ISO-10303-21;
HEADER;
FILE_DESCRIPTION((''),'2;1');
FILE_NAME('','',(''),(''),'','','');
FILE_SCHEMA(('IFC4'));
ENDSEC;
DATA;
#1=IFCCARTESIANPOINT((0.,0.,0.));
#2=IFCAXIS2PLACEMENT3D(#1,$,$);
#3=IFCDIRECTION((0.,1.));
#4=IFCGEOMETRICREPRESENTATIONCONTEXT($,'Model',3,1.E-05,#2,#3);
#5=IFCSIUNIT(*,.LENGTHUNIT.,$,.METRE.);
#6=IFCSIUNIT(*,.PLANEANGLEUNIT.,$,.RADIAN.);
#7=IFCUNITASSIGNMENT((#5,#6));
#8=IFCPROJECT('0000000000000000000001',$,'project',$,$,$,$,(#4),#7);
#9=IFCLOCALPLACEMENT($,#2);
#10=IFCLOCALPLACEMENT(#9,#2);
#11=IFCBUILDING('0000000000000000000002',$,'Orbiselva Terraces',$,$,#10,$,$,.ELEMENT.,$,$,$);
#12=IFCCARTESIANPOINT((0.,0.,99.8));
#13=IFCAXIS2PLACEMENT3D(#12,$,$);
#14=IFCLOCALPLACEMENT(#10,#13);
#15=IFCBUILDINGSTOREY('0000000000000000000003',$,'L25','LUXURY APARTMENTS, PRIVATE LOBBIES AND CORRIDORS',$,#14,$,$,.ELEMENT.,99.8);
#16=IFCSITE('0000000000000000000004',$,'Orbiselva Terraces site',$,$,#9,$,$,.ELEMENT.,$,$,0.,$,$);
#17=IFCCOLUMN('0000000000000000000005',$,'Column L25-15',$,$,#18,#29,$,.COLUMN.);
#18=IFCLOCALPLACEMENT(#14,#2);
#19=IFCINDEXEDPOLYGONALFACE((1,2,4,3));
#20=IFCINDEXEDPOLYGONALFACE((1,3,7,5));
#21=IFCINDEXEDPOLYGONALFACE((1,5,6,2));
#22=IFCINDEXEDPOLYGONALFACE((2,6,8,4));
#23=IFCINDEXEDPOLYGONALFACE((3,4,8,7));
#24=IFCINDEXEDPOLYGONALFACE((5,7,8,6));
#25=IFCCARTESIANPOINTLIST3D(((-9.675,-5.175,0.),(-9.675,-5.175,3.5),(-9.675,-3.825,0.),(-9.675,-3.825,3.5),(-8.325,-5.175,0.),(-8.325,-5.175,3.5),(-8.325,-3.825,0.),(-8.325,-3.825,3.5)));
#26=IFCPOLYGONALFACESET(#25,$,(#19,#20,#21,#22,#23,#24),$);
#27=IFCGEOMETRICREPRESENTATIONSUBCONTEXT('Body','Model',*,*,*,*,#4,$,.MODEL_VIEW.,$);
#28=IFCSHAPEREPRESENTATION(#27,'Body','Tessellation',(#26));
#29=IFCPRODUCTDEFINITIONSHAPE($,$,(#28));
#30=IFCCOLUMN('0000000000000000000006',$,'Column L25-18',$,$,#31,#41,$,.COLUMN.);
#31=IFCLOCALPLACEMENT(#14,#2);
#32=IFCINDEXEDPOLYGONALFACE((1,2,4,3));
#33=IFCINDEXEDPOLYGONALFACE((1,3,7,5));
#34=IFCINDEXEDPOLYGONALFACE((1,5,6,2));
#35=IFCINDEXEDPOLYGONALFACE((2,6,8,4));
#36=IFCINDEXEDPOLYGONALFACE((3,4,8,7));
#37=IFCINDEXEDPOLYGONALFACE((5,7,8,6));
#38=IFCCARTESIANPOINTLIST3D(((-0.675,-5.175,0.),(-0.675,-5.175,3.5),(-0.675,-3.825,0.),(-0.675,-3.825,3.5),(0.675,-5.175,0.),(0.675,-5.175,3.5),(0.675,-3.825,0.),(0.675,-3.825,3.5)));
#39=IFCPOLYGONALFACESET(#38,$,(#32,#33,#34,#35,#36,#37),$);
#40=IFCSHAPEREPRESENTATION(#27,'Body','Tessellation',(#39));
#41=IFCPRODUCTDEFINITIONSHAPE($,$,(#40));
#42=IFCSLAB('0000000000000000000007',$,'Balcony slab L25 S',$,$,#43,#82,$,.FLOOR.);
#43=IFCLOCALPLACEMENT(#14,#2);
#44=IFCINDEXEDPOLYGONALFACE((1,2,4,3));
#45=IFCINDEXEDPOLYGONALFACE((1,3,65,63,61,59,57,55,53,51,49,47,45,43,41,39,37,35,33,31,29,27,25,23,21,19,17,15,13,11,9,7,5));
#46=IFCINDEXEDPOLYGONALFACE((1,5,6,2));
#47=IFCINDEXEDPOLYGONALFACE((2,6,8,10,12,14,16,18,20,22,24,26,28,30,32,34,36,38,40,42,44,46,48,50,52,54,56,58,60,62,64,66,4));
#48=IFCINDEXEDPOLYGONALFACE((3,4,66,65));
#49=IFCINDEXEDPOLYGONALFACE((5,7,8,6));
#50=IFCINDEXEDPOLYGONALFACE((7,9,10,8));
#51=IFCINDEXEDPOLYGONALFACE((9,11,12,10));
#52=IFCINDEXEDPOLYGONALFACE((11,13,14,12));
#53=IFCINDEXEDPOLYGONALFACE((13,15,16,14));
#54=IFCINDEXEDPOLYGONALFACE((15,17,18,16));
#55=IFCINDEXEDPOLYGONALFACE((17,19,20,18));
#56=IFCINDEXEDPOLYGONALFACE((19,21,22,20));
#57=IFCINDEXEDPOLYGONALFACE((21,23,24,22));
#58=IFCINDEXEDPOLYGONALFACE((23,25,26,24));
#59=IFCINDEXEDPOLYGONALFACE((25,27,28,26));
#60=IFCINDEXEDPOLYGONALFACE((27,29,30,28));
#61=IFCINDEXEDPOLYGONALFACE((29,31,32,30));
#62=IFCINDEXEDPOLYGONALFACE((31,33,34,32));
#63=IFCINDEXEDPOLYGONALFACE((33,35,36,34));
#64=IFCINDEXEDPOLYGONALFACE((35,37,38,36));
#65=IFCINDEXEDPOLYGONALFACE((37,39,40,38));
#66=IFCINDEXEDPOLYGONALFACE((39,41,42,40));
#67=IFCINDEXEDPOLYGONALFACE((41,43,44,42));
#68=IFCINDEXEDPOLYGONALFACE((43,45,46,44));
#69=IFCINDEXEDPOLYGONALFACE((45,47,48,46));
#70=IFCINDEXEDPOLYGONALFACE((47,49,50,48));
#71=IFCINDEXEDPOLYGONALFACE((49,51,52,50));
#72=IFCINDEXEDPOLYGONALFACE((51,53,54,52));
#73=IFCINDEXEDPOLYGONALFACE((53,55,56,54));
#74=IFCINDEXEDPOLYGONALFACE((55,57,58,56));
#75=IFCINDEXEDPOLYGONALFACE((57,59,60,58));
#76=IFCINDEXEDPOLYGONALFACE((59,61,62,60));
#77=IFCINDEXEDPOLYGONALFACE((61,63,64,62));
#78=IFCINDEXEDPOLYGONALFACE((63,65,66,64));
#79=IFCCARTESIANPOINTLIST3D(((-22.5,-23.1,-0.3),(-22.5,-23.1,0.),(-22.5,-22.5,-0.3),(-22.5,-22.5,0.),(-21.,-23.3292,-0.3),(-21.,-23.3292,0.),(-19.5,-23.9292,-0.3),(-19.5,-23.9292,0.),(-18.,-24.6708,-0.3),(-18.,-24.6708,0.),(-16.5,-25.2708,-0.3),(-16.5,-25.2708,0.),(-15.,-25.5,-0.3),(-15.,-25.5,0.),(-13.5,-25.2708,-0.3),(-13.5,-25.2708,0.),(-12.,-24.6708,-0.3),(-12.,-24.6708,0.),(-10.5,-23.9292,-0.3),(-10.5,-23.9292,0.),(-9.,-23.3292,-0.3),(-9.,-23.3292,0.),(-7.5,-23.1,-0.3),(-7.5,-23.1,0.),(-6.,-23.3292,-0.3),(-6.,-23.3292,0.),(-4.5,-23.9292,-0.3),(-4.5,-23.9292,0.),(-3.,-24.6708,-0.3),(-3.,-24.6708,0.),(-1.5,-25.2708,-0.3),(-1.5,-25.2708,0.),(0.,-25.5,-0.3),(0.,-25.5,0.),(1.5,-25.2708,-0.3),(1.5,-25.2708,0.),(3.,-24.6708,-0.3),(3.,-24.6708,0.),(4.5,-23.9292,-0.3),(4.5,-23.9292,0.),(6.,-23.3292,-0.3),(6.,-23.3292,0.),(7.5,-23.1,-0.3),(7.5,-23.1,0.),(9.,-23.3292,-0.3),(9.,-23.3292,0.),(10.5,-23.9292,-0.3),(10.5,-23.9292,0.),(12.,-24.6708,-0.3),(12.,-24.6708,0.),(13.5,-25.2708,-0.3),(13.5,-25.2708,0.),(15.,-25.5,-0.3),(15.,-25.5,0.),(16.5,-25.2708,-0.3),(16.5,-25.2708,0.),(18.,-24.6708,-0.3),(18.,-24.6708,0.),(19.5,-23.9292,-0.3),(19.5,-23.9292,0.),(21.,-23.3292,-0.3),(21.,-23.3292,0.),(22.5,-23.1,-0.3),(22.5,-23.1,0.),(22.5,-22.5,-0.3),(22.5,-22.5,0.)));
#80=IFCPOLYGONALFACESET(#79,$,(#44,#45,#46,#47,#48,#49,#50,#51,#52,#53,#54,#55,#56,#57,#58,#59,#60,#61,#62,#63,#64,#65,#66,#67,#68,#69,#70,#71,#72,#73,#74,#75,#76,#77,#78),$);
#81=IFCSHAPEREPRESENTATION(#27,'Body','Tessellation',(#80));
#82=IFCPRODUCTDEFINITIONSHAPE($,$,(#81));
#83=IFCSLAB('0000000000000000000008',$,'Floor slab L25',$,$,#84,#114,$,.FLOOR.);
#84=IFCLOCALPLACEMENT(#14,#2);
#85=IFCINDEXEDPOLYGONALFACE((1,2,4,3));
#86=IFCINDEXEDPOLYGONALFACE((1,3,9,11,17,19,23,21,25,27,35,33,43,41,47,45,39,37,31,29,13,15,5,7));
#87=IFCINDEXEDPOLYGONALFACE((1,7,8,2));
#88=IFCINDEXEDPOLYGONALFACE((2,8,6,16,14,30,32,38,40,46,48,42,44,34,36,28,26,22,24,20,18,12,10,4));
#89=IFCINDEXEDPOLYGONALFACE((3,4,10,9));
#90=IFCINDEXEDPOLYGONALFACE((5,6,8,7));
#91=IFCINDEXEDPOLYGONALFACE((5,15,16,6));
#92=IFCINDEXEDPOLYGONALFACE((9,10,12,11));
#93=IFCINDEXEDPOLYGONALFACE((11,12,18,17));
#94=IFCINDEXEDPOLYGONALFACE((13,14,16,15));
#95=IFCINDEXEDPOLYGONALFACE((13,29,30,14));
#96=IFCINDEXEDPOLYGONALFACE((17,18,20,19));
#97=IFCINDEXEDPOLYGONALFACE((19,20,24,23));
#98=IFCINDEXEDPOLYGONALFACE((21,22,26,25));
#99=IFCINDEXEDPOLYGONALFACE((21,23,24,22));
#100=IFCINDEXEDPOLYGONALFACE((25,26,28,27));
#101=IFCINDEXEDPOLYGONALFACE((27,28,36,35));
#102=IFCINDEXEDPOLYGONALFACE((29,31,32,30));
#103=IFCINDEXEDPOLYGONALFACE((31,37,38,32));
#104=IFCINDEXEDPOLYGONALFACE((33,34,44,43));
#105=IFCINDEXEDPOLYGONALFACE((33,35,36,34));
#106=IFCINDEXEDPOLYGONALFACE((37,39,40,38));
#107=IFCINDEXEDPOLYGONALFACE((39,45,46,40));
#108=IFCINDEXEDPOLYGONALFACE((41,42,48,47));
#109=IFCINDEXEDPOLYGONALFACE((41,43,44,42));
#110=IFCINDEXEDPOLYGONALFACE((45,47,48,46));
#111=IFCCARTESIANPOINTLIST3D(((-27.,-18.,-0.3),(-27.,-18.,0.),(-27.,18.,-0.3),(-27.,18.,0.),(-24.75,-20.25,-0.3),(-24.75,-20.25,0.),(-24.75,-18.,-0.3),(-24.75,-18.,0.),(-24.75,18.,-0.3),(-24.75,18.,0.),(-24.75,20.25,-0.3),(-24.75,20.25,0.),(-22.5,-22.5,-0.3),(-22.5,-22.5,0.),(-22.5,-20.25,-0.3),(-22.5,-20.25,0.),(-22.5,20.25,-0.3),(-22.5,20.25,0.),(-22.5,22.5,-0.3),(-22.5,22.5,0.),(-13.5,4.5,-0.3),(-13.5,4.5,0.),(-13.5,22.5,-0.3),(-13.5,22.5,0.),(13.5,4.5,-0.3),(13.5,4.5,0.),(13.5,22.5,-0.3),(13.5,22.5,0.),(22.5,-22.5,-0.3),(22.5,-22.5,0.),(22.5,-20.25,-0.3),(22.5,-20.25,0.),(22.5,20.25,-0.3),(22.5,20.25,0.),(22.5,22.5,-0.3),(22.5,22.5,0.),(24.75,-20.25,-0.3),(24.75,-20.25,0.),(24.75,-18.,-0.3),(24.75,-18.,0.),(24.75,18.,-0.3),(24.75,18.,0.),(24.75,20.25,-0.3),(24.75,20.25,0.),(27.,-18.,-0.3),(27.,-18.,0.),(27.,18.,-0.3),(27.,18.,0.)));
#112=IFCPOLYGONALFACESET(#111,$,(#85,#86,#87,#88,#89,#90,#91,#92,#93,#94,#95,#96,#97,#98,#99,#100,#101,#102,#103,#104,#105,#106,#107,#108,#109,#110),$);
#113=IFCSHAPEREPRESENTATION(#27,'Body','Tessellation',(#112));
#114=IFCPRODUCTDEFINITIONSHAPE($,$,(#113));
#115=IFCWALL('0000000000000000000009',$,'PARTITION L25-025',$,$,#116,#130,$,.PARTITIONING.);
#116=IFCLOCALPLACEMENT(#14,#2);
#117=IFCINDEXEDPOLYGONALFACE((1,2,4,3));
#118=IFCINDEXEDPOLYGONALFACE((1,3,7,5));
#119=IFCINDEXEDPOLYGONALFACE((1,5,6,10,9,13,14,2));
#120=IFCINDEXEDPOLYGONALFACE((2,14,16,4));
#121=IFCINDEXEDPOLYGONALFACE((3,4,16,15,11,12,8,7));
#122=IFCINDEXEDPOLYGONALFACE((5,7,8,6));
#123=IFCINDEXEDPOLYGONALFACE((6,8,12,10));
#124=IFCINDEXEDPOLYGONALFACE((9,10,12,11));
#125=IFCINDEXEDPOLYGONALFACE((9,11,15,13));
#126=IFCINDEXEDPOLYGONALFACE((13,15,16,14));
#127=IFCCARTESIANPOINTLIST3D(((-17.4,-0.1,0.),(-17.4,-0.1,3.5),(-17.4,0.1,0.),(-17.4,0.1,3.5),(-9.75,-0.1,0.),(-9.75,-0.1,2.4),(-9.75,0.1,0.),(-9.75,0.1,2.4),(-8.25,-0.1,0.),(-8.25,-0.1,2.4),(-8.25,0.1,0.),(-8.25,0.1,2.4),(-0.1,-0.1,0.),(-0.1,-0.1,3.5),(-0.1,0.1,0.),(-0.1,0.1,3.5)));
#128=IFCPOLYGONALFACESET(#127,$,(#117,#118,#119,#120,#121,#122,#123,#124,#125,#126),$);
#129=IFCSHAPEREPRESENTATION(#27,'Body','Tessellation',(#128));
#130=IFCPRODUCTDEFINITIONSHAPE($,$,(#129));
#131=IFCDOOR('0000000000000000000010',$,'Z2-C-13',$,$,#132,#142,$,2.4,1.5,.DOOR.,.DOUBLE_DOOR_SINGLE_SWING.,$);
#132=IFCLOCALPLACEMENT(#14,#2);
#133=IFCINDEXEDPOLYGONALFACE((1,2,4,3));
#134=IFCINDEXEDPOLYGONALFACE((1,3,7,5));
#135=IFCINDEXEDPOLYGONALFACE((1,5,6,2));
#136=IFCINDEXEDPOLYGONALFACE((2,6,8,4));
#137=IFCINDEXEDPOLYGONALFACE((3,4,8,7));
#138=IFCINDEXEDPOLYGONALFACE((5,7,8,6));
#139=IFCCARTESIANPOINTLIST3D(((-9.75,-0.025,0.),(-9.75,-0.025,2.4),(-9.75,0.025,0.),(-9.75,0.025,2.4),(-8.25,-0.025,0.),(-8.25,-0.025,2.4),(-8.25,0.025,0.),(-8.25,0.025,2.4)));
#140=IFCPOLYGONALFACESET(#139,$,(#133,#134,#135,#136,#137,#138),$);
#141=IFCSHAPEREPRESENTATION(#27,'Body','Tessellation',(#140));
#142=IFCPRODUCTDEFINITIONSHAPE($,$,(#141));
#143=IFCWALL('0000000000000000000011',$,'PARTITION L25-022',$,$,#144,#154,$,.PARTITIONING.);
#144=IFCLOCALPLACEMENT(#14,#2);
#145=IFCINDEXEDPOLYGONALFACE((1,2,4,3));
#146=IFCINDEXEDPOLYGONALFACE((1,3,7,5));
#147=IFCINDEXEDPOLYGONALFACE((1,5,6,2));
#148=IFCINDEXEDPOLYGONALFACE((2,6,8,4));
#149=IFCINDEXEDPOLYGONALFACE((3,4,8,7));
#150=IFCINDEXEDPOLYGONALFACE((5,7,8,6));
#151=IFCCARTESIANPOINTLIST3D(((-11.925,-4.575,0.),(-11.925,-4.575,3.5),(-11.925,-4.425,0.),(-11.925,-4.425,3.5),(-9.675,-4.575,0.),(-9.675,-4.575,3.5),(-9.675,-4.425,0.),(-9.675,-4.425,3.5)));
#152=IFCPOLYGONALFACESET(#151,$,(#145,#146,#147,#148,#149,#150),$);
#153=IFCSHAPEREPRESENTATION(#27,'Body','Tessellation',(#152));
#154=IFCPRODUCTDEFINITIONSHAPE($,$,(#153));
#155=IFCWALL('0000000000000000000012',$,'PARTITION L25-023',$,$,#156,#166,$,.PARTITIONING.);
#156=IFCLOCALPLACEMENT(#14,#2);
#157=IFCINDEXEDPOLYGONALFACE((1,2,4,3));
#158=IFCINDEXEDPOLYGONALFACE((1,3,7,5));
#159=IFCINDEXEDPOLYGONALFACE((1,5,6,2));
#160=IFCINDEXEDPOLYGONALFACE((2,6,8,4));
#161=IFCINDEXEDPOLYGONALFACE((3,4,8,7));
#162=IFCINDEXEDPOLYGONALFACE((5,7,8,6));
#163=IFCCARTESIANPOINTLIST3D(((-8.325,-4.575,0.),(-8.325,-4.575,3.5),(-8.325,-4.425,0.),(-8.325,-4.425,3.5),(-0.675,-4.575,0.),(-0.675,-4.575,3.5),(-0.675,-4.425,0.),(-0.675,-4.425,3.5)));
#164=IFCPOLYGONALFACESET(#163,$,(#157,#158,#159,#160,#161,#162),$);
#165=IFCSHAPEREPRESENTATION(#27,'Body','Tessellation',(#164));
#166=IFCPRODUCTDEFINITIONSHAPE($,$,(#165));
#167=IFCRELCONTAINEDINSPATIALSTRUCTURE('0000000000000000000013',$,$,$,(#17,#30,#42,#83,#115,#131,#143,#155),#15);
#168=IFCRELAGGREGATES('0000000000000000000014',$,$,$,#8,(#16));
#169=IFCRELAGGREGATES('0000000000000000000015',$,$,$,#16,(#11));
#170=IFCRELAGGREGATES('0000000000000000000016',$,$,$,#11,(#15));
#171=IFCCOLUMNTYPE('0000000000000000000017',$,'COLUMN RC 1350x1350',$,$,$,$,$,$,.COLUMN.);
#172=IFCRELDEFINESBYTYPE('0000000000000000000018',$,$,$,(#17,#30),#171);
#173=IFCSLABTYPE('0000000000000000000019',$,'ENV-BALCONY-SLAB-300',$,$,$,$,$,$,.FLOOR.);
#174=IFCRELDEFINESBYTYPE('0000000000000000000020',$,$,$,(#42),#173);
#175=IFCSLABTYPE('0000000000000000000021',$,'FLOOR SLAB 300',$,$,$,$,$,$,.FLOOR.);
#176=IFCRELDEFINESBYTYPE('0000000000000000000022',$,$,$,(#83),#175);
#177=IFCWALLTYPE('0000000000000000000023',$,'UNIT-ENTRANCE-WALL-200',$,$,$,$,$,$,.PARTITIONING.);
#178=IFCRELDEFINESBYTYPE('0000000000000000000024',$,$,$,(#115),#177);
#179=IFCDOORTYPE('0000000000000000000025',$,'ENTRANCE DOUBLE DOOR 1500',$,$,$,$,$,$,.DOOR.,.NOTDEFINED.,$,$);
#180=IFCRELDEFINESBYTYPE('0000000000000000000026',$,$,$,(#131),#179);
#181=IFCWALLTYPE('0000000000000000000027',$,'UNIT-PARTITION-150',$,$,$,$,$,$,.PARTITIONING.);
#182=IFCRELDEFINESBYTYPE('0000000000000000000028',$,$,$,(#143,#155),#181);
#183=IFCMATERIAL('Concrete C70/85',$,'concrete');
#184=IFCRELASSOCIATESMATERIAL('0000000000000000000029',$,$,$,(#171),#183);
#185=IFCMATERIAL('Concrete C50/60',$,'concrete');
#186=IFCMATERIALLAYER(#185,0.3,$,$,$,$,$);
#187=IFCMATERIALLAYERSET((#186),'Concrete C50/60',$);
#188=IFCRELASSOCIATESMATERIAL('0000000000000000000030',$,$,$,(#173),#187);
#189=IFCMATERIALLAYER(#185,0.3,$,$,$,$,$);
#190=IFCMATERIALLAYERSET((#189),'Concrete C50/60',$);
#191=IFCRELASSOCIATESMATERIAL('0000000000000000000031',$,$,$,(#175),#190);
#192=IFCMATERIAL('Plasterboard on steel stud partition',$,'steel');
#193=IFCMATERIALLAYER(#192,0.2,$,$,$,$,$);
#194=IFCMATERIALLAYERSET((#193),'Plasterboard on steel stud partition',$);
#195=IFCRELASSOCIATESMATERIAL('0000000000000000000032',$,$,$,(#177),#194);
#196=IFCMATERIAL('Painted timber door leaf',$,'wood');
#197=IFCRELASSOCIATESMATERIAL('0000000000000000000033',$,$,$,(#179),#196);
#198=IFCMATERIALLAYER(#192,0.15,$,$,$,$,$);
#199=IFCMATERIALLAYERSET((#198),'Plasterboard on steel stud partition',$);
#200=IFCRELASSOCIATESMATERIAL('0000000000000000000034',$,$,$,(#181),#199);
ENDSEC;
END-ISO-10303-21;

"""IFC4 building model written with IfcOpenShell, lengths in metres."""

from ifc_helpers import new_model, si_unit, direction, frame, frame_2d, origin, origin_2d, place, context, subcontext, project, spatial, polyline, rectangle, outline, extrude, material, layer, layer_set, material_profile, profile_set, type_object, element, fill, save


model = new_model("IFC4")

# Units and contexts
model_context = context("Model", 3, precision=1e-05, world=origin(), true_north=direction((0.0, 1.0)))
body_context = subcontext(model_context, "Body", "Model", "MODEL_VIEW")
ifc_project = project(units=[si_unit("LENGTHUNIT", "METRE"), si_unit("PLANEANGLEUNIT", "RADIAN")], contexts=[model_context])

# Site, building, storey
site_placement = place(None, origin())
site = spatial("IfcSite", under=ifc_project, at=site_placement, Name="Orbiselva Terraces site", CompositionType="ELEMENT", RefElevation=0.0)
building_placement = place(site_placement, origin())
building = spatial("IfcBuilding", under=site, at=building_placement, Name="Orbiselva Terraces", CompositionType="ELEMENT")
storey_placement = place(building_placement, frame((0.0, 0.0, 99.8)))
storey = spatial("IfcBuildingStorey", under=building, at=storey_placement, Name="L25", Description="LUXURY APARTMENTS, PRIVATE LOBBIES AND CORRIDORS", CompositionType="ELEMENT", Elevation=99.8)

# Columns
ifc_material_1 = material(Name="Concrete C70/85", Category="concrete")
ifc_material_profile = material_profile(ifc_material_1, rectangle(XDim=1.35, YDim=1.35, at=origin_2d()), Name="RC 1350x1350")
ifc_profile_set = profile_set([ifc_material_profile], Name="Concrete C70/85")
column_type = type_object("IfcColumnType", Name="COLUMN RC 1350x1350", PredefinedType="COLUMN", material=ifc_profile_set)
for number, where, z_axis, x_axis, name in (
    (1, (-9.0, -4.5, 0.0), (0.0, 0.0, 1.0), (1.0, 0.0, 0.0), "Column L25-15"),
    (2, (0.0, -4.5, 0.0), (0.0, 0.0, 1.0), (1.0, 0.0, 0.0), "Column L25-18"),
):
    element("IfcColumn", number, at=place(storey_placement, frame(where, z_axis=z_axis, x_axis=x_axis)), inside=storey, type_object=column_type, Name=name, PredefinedType="COLUMN", context=body_context, shape_type="SweptSolid", body=[
        extrude(rectangle(XDim=1.35, YDim=1.35, at=origin_2d()), origin(), (0.0, 0.0, 1.0), 3.5),
    ])

# Slabs
ifc_material_2 = material(Name="Concrete C50/60", Category="concrete")
ifc_layer_1 = layer(ifc_material_2, 0.3)
ifc_layer_set_1 = layer_set([ifc_layer_1], Name="Concrete C50/60")
slab_type_1 = type_object("IfcSlabType", Name="ENV-BALCONY-SLAB-300", PredefinedType="FLOOR", material=ifc_layer_set_1)
slab_1_placement = place(storey_placement, frame((0.0, 0.0, -0.3)))
element("IfcSlab", 3, at=slab_1_placement, inside=storey, type_object=slab_type_1, Name="Balcony slab L25 S", PredefinedType="FLOOR", context=body_context, shape_type="SweptSolid", body=[
    extrude(outline(polyline([(-22.5, -23.1), (-21.0, -23.3292), (-19.5, -23.9292), (-18.0, -24.6708), (-16.5, -25.2708), (-15.0, -25.5), (-13.5, -25.2708), (-12.0, -24.6708), (-10.5, -23.9292), (-9.0, -23.3292), (-7.5, -23.1), (-6.0, -23.3292), (-4.5, -23.9292), (-3.0, -24.6708), (-1.5, -25.2708), (0.0, -25.5), (1.5, -25.2708), (3.0, -24.6708), (4.5, -23.9292), (6.0, -23.3292), (7.5, -23.1), (9.0, -23.3292), (10.5, -23.9292), (12.0, -24.6708), (13.5, -25.2708), (15.0, -25.5), (16.5, -25.2708), (18.0, -24.6708), (19.5, -23.9292), (21.0, -23.3292), (22.5, -23.1), (22.5, -22.5), (-22.5, -22.5), (-22.5, -23.1)])), origin(), (0.0, 0.0, 1.0), 0.3),
])
ifc_layer_2 = layer(ifc_material_2, 0.3)
ifc_layer_set_2 = layer_set([ifc_layer_2], Name="Concrete C50/60")
slab_type_2 = type_object("IfcSlabType", Name="FLOOR SLAB 300", PredefinedType="FLOOR", material=ifc_layer_set_2)
slab_2_placement = place(storey_placement, frame((0.0, 0.0, -0.3)))
element("IfcSlab", 4, at=slab_2_placement, inside=storey, type_object=slab_type_2, Name="Floor slab L25", PredefinedType="FLOOR", context=body_context, shape_type="SweptSolid", body=[
    extrude(outline(polyline([(22.5, 22.5), (22.5, 20.25), (24.75, 20.25), (24.75, 18.0), (27.0, 18.0), (27.0, -18.0), (24.75, -18.0), (24.75, -20.25), (22.5, -20.25), (22.5, -22.5), (-22.5, -22.5), (-22.5, -20.25), (-24.75, -20.25), (-24.75, -18.0), (-27.0, -18.0), (-27.0, 18.0), (-24.75, 18.0), (-24.75, 20.25), (-22.5, 20.25), (-22.5, 22.5), (-13.5, 22.5), (-13.5, 4.5), (13.5, 4.5), (13.5, 22.5), (22.5, 22.5)])), origin(), (0.0, 0.0, 1.0), 0.3),
])

# Wall, opening, door
ifc_material_3 = material(Name="Plasterboard on steel stud partition", Category="steel")
ifc_layer_3 = layer(ifc_material_3, 0.2)
ifc_layer_set_3 = layer_set([ifc_layer_3], Name="Plasterboard on steel stud partition")
wall_type_1 = type_object("IfcWallType", Name="UNIT-ENTRANCE-WALL-200", PredefinedType="PARTITIONING", material=ifc_layer_set_3)
wall_1_placement = place(storey_placement, frame((-0.1, 0.0, 0.0), z_axis=(0.0, 0.0, 1.0), x_axis=(-1.0, 0.0, 0.0)))
wall_1 = element("IfcWall", 5, at=wall_1_placement, inside=storey, type_object=wall_type_1, Name="PARTITION L25-025", PredefinedType="PARTITIONING", context=body_context, shape_type="SweptSolid", body=[
    extrude(rectangle(XDim=17.3, YDim=0.2, at=frame_2d((8.65, 0.0))), origin(), (0.0, 0.0, 1.0), 3.5),
])
opening_placement = place(wall_1_placement, frame((8.15, 0.0, 0.0)))
opening = element("IfcOpeningElement", 6, at=opening_placement, cuts=wall_1, PredefinedType="OPENING", context=body_context, shape_type="SweptSolid", body=[
    extrude(rectangle(XDim=1.5, YDim=2.4, at=frame_2d((0.75, 1.2))), frame((0.0, 0.11, 0.0), z_axis=(0.0, -1.0, 0.0), x_axis=(1.0, 0.0, 0.0)), (0.0, 0.0, 1.0), 0.22),
])
ifc_material_4 = material(Name="Painted timber door leaf", Category="wood")
door_type = type_object("IfcDoorType", Name="ENTRANCE DOUBLE DOOR 1500", OperationType="NOTDEFINED", PredefinedType="DOOR", material=ifc_material_4)
door_placement = place(opening_placement, origin())
door = element("IfcDoor", 7, at=door_placement, inside=storey, type_object=door_type, Name="Z2-C-13", OperationType="DOUBLE_DOOR_SINGLE_SWING", OverallHeight=2.4, OverallWidth=1.5, PredefinedType="DOOR", context=body_context, shape_type="SweptSolid", body=[
    extrude(rectangle(XDim=1.5, YDim=2.4, at=frame_2d((0.75, 1.2))), frame((0.0, 0.025, 0.0), z_axis=(0.0, -1.0, 0.0), x_axis=(1.0, 0.0, 0.0)), (0.0, 0.0, 1.0), 0.05),
])
fill(opening, door)

# Walls
ifc_layer_4 = layer(ifc_material_3, 0.15)
ifc_layer_set_4 = layer_set([ifc_layer_4], Name="Plasterboard on steel stud partition")
wall_type_2 = type_object("IfcWallType", Name="UNIT-PARTITION-150", PredefinedType="PARTITIONING", material=ifc_layer_set_4)
wall_2_placement = place(storey_placement, frame((-11.925, -4.5, 0.0), z_axis=(0.0, 0.0, 1.0), x_axis=(1.0, 0.0, 0.0)))
element("IfcWall", 8, at=wall_2_placement, inside=storey, type_object=wall_type_2, Name="PARTITION L25-022", PredefinedType="PARTITIONING", context=body_context, shape_type="SweptSolid", body=[
    extrude(rectangle(XDim=2.25, YDim=0.15, at=frame_2d((1.125, 0.0))), origin(), (0.0, 0.0, 1.0), 3.5),
])
wall_3_placement = place(storey_placement, frame((-8.325, -4.5, 0.0), z_axis=(0.0, 0.0, 1.0), x_axis=(1.0, 0.0, 0.0)))
element("IfcWall", 9, at=wall_3_placement, inside=storey, type_object=wall_type_2, Name="PARTITION L25-023", PredefinedType="PARTITIONING", context=body_context, shape_type="SweptSolid", body=[
    extrude(rectangle(XDim=7.65, YDim=0.15, at=frame_2d((3.825, 0.0))), origin(), (0.0, 0.0, 1.0), 3.5),
])

save(model, "model.ifc")
